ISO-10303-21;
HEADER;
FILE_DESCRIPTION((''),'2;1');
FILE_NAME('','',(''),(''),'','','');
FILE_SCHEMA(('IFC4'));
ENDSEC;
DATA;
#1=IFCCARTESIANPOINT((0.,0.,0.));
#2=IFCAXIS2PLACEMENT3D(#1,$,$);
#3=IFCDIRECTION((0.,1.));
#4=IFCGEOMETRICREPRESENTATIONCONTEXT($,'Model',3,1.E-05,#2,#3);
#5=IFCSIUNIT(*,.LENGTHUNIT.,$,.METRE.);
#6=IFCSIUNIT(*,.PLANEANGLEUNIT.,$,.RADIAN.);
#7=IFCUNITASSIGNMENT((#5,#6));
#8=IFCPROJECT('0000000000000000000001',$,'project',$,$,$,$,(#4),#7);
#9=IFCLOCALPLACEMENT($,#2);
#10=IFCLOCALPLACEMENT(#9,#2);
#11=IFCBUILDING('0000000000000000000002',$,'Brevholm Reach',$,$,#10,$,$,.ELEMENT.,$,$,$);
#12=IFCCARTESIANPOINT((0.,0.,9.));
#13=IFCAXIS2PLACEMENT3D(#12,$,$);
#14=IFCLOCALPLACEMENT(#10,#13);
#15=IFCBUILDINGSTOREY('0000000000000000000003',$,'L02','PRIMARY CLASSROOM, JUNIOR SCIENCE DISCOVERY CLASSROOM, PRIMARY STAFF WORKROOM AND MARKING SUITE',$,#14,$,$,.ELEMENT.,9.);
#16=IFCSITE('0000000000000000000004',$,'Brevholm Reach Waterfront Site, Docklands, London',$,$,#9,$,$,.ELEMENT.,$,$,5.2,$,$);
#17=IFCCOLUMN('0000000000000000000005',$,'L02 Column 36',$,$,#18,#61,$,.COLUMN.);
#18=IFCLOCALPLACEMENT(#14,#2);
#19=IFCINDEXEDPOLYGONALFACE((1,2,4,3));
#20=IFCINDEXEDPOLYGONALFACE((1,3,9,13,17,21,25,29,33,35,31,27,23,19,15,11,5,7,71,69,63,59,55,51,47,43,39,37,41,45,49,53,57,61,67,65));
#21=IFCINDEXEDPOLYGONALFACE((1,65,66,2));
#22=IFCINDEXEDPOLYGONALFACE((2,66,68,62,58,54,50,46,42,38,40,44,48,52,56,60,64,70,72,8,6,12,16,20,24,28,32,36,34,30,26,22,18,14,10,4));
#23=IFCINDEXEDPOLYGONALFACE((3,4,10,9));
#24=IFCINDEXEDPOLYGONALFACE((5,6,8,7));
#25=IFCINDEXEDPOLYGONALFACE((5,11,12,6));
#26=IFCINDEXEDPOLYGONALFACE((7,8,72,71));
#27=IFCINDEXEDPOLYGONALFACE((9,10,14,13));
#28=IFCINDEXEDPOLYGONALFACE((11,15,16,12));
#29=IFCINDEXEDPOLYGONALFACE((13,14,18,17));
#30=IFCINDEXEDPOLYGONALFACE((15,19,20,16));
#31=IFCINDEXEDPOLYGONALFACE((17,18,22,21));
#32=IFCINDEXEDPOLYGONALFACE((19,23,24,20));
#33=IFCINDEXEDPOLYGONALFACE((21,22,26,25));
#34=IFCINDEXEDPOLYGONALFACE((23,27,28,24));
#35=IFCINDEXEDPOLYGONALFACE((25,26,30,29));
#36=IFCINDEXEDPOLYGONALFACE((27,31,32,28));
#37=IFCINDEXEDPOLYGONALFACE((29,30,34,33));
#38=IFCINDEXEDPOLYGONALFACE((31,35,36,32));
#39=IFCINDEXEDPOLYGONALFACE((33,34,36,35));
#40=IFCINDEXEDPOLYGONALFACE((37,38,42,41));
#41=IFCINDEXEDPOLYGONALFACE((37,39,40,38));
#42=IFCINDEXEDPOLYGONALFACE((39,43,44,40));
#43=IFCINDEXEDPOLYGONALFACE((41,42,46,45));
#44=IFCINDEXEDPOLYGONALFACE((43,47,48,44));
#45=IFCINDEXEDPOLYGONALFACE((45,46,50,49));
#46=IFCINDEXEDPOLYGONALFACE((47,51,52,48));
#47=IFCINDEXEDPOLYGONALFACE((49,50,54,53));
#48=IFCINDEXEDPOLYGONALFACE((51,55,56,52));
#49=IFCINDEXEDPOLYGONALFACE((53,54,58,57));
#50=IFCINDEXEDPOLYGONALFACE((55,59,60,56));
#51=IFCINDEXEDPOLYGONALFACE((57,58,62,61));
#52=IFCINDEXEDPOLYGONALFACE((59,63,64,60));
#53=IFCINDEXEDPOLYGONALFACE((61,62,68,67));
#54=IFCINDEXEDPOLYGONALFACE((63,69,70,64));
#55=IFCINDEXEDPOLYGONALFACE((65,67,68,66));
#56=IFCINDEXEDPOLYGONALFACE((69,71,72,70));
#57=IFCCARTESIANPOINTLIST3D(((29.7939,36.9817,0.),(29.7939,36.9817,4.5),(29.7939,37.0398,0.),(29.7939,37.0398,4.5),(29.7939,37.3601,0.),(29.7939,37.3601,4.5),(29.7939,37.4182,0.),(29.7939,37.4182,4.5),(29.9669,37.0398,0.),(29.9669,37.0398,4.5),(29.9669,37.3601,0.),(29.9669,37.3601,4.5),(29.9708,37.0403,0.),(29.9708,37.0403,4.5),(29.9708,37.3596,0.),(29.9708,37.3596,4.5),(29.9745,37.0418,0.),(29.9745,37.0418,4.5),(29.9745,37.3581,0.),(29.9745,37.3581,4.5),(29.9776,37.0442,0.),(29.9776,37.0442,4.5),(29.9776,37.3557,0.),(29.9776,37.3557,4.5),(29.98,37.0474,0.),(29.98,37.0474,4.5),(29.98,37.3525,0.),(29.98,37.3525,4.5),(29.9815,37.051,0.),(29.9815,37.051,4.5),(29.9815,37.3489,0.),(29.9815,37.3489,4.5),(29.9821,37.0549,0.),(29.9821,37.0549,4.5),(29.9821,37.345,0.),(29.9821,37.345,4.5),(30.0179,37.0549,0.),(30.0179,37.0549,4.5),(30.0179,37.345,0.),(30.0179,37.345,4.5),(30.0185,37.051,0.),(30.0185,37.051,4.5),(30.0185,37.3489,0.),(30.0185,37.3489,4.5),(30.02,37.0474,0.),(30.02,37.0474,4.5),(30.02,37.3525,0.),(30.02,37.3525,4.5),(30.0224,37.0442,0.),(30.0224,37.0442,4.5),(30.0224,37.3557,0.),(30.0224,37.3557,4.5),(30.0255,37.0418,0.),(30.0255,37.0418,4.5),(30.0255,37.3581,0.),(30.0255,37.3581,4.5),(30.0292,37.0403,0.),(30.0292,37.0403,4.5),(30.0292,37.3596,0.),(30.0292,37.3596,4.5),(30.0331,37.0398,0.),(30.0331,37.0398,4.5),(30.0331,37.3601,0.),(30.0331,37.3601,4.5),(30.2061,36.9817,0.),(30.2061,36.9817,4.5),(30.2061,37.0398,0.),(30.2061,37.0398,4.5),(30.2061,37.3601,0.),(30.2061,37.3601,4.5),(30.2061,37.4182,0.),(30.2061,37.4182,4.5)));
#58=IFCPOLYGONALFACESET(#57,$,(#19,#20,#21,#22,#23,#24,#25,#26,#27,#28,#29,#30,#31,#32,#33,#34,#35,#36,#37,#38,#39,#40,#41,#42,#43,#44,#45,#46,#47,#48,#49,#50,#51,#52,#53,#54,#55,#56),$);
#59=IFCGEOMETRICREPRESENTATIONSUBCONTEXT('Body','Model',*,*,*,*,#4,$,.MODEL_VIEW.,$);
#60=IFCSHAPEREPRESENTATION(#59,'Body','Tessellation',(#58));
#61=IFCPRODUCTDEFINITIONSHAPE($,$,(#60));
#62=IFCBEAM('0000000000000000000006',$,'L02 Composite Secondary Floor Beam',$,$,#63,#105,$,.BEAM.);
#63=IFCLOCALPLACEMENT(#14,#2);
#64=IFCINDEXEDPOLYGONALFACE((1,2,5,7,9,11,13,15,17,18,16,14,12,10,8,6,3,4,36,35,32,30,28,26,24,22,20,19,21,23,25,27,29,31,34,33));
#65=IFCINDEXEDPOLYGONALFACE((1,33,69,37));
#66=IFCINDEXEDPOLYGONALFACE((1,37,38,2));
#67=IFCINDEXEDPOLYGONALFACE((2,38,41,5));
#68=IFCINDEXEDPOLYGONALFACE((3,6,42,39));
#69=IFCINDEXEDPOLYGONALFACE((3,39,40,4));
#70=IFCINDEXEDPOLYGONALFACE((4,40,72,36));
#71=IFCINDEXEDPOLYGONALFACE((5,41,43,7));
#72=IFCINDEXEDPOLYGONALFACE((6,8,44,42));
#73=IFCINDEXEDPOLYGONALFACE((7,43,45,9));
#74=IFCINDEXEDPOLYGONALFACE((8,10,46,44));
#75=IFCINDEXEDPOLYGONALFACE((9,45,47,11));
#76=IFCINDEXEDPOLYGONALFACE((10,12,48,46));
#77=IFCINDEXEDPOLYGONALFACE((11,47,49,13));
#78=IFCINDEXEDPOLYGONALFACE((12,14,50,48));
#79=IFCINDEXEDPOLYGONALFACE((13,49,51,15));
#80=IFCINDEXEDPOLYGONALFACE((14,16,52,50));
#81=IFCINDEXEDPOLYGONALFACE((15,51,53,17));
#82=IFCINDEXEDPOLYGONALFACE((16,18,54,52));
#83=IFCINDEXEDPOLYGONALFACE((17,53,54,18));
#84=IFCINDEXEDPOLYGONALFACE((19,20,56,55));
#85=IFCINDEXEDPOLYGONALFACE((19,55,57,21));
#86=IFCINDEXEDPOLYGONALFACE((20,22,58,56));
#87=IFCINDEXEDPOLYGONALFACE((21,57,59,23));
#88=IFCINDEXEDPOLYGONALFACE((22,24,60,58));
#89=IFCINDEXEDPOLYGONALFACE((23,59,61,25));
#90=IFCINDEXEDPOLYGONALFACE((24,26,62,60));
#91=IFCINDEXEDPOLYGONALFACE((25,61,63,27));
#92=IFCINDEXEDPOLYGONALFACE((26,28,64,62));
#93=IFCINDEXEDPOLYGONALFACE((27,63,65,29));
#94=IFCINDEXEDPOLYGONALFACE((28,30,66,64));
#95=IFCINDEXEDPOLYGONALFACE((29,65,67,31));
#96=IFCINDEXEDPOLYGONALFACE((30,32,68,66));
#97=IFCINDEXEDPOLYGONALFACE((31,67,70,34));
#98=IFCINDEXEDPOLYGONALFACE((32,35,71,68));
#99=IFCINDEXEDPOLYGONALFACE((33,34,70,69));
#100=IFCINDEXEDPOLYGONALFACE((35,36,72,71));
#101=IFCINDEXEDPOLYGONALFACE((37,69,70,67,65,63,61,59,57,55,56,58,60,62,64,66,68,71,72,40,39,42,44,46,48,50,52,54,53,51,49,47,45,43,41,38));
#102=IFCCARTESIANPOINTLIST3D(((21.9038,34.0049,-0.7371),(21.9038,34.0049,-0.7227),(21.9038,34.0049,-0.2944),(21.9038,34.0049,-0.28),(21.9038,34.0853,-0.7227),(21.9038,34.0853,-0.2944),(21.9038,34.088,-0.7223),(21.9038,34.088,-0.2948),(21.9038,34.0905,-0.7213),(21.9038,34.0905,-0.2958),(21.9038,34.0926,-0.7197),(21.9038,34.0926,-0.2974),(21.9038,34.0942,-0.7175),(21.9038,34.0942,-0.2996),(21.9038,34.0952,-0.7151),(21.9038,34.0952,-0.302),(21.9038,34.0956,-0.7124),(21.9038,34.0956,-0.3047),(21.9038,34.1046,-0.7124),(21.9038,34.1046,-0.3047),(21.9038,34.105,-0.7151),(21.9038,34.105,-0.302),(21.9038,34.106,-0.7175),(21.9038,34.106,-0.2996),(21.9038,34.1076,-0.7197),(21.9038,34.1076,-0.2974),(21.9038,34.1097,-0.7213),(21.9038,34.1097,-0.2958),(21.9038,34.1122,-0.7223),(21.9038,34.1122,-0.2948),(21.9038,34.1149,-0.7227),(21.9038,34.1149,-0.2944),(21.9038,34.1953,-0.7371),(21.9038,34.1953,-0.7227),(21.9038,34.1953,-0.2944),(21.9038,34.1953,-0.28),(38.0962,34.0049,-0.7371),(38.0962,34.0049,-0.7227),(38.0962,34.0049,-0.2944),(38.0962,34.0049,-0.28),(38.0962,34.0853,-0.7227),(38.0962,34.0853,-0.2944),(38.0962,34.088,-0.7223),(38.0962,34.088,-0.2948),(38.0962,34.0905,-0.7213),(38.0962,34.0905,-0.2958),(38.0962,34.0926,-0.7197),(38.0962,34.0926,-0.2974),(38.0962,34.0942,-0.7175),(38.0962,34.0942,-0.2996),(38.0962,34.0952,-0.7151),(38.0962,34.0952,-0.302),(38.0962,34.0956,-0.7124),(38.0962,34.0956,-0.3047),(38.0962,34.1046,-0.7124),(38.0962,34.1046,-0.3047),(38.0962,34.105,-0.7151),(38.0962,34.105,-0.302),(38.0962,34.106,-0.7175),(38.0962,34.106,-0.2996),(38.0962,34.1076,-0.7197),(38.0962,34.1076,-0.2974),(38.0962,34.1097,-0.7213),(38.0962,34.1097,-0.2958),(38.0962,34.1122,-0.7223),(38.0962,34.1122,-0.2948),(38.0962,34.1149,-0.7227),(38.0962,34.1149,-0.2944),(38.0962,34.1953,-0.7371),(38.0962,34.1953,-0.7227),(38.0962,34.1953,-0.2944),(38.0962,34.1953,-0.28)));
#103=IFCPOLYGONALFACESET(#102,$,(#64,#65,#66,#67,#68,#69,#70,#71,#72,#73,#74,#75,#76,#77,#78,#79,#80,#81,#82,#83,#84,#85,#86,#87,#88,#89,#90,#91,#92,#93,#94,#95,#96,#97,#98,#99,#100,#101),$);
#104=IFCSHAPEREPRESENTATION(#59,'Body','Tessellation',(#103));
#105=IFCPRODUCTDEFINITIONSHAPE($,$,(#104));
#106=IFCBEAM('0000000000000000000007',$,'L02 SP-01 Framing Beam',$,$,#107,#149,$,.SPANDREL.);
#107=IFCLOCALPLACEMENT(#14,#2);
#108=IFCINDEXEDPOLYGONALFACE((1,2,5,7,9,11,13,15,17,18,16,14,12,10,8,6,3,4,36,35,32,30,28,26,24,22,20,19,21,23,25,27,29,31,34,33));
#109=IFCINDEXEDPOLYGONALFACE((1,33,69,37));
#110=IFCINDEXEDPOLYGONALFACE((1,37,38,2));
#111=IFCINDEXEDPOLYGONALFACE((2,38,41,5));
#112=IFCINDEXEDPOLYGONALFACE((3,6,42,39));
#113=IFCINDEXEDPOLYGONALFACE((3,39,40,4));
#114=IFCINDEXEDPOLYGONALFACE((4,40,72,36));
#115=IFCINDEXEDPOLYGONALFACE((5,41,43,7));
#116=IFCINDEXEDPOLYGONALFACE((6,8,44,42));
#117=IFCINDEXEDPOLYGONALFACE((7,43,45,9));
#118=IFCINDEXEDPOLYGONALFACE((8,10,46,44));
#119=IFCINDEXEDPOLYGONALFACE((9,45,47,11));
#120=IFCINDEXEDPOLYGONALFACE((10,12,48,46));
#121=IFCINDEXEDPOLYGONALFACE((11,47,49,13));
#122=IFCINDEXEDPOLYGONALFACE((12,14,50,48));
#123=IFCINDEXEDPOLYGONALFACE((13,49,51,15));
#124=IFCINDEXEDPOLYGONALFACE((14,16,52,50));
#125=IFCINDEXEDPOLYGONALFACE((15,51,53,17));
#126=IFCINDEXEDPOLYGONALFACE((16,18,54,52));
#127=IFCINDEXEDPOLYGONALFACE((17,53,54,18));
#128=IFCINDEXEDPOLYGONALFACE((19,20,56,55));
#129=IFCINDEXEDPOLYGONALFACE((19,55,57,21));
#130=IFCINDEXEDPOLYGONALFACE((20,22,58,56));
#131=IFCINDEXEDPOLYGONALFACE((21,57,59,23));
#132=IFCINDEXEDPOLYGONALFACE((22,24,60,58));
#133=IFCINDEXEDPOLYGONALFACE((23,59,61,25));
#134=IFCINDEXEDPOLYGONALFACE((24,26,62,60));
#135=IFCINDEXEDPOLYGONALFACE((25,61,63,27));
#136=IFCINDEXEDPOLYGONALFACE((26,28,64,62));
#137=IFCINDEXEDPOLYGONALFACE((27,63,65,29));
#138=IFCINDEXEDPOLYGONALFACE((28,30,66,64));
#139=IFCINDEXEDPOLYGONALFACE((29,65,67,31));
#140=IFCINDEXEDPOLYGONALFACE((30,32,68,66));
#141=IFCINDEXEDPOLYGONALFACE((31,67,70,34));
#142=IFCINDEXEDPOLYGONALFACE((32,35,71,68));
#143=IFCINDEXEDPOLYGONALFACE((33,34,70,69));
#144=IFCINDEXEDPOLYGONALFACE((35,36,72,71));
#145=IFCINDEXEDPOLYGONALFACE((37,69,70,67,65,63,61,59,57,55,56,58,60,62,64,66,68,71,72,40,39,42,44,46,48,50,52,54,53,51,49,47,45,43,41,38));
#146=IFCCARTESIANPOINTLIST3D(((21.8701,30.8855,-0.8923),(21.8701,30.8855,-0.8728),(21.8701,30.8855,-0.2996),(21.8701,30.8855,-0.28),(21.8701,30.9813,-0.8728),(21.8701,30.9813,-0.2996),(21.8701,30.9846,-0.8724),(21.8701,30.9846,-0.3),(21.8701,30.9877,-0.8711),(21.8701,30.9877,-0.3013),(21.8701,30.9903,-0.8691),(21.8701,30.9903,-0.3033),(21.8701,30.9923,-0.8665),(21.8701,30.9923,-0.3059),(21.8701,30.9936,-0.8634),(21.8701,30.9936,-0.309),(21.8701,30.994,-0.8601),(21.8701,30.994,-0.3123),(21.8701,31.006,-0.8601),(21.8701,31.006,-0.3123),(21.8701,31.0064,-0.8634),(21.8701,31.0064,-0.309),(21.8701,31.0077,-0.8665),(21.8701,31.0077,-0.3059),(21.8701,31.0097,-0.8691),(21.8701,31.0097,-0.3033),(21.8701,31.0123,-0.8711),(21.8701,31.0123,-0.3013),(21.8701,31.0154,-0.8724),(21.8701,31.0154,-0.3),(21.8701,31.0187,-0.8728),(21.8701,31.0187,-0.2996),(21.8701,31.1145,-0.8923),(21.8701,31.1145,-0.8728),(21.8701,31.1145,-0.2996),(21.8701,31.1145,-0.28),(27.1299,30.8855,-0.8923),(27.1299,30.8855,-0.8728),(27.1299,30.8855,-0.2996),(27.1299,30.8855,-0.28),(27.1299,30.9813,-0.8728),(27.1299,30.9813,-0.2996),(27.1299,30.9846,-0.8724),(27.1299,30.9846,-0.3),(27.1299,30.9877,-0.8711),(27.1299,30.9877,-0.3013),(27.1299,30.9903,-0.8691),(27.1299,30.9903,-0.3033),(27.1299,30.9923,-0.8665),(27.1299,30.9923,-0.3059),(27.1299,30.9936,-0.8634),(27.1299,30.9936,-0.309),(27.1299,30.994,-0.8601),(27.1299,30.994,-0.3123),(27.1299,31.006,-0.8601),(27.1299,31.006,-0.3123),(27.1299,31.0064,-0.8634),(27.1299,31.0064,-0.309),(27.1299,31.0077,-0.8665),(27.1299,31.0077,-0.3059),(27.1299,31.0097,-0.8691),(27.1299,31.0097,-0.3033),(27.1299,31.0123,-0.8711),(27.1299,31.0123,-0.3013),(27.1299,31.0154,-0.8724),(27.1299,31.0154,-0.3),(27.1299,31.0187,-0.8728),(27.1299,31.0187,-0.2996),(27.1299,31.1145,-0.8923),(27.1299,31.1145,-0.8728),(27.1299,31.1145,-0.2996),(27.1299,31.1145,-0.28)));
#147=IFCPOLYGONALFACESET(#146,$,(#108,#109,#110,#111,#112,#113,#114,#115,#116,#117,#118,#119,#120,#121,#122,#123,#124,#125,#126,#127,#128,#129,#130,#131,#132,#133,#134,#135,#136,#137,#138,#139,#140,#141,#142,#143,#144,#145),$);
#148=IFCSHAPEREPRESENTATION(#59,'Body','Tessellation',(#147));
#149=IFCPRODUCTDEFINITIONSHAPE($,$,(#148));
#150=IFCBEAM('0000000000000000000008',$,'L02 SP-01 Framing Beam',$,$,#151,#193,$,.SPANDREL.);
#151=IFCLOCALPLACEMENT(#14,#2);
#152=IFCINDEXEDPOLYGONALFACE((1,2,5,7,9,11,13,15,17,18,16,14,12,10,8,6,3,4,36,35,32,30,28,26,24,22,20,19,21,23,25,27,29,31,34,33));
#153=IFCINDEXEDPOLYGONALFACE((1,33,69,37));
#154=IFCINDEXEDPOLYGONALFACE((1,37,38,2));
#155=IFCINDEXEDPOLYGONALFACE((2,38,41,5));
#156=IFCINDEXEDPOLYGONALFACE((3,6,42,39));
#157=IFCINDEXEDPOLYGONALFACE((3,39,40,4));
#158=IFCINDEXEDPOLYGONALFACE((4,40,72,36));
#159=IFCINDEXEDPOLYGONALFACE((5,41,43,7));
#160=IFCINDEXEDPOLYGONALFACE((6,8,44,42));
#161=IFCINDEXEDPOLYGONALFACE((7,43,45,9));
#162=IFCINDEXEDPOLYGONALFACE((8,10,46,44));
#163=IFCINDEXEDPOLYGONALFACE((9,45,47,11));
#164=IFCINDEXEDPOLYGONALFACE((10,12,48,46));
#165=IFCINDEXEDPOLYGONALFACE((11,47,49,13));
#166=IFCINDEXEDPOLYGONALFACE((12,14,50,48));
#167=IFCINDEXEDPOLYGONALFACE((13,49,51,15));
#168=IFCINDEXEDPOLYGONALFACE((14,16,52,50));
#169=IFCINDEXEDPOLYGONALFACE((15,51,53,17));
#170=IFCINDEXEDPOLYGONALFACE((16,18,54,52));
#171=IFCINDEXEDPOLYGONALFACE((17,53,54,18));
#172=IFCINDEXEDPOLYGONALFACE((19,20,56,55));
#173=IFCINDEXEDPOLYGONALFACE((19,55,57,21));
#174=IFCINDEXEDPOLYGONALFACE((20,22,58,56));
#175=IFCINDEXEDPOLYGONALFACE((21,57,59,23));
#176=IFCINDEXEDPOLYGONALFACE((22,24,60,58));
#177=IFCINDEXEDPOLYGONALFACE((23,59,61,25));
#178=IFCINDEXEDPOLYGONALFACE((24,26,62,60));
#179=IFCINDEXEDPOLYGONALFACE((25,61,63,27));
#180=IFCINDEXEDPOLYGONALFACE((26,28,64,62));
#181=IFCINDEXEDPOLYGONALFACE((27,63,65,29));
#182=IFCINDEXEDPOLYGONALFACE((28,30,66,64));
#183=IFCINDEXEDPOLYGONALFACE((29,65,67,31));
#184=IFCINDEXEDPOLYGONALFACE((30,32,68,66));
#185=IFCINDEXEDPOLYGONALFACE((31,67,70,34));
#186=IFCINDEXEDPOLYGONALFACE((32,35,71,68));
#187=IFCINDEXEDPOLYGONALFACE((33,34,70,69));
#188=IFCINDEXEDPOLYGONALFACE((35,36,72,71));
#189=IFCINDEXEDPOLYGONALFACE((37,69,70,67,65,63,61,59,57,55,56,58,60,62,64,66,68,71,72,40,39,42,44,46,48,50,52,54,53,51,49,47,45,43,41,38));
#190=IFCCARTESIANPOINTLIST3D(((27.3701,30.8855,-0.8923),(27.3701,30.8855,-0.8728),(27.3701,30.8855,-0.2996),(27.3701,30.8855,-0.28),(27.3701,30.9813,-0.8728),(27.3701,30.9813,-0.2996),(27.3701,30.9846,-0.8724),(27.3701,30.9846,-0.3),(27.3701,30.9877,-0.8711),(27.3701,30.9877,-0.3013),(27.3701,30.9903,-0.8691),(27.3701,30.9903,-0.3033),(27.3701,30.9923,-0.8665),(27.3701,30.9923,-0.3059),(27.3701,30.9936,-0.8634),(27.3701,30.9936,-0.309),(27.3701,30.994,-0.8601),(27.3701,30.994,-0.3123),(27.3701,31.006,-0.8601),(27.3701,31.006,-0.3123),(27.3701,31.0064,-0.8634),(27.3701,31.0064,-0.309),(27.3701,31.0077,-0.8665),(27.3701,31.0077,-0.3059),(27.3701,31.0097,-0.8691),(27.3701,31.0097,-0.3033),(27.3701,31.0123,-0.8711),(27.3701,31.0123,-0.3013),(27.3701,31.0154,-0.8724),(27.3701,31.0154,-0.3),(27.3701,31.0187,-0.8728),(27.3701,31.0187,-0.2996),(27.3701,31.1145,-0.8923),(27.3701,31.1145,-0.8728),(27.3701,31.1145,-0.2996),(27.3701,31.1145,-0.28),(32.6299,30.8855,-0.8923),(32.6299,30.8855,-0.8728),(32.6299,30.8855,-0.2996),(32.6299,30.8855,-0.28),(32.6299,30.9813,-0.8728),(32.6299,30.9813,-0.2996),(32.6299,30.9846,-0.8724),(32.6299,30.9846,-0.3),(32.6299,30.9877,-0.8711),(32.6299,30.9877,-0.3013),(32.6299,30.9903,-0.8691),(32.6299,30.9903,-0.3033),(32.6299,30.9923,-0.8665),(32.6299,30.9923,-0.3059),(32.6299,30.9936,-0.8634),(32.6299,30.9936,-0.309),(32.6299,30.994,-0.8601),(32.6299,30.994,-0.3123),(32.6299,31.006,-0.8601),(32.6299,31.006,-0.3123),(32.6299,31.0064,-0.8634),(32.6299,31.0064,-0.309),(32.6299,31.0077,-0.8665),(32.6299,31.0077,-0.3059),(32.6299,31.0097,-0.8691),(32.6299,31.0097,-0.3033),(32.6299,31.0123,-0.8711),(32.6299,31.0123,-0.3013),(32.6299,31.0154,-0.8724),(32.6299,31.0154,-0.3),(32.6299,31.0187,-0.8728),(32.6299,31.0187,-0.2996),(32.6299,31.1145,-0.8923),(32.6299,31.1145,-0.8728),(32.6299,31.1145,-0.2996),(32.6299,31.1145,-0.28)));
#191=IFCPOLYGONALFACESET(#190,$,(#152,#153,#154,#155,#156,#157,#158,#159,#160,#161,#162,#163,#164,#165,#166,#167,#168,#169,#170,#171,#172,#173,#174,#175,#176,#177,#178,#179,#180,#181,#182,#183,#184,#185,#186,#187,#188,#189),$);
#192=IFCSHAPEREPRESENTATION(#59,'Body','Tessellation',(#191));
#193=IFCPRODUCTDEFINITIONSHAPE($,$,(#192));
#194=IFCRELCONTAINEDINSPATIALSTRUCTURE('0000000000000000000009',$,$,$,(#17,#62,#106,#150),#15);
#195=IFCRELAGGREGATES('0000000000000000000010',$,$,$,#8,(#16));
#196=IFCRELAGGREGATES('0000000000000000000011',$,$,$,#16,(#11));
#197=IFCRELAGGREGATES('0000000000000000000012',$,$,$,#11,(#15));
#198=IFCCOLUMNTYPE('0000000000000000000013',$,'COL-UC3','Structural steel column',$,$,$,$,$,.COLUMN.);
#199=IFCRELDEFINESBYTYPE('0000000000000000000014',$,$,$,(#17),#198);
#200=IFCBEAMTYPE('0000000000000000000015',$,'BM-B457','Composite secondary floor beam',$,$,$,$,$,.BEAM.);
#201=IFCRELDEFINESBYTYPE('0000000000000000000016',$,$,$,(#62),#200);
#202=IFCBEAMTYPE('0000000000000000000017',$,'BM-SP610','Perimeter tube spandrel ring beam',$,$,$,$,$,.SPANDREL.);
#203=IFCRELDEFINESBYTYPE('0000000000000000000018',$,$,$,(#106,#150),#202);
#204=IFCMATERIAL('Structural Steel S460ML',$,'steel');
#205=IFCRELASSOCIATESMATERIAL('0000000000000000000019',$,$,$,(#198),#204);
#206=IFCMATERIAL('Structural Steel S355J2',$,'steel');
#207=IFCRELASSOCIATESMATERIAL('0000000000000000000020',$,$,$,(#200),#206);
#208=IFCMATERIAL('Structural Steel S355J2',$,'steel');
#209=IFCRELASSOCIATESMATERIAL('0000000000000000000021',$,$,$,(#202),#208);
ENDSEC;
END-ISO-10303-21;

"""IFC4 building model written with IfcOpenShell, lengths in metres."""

from ifc_helpers import new_model, si_unit, direction, frame, origin, origin_2d, place, context, subcontext, project, spatial, i_section, extrude, material, material_profile, profile_set, type_object, element, save


model = new_model("IFC4")

# Units and contexts
model_context = context("Model", 3, precision=1e-05, world=origin(), true_north=direction((0.0, 1.0)))
body_context = subcontext(model_context, "Body", "Model", "MODEL_VIEW")
ifc_project = project(units=[si_unit("LENGTHUNIT", "METRE"), si_unit("PLANEANGLEUNIT", "RADIAN")], contexts=[model_context])

# Site, building, storey
site_placement = place(None, origin())
site = spatial("IfcSite", under=ifc_project, at=site_placement, Name="Brevholm Reach Waterfront Site, Docklands, London", CompositionType="ELEMENT", RefElevation=5.2)
building_placement = place(site_placement, origin())
building = spatial("IfcBuilding", under=site, at=building_placement, Name="Brevholm Reach", CompositionType="ELEMENT")
storey_placement = place(building_placement, frame((0.0, 0.0, 9.0)))
storey = spatial("IfcBuildingStorey", under=building, at=storey_placement, Name="L02", Description="PRIMARY CLASSROOM, JUNIOR SCIENCE DISCOVERY CLASSROOM, PRIMARY STAFF WORKROOM AND MARKING SUITE", CompositionType="ELEMENT", Elevation=9.0)

# Column
ifc_material_1 = material(Name="Structural Steel S460ML", Category="steel")
ifc_material_profile_1 = material_profile(ifc_material_1, i_section(OverallWidth=0.4121, OverallDepth=0.4365, WebThickness=0.0359, FlangeThickness=0.0581, FilletRadius=0.0151, at=origin_2d()), Name="UKC 356x406x467")
ifc_profile_set_1 = profile_set([ifc_material_profile_1], Name="Structural Steel S460ML")
column_type_1 = type_object("IfcColumnType", Name="COL-UC3", Description="Structural steel column", PredefinedType="COLUMN", material=ifc_profile_set_1)
for number, where, z_axis, x_axis, name in (
    (1, (30.0, 37.2, 0.0), (0.0, 0.0, 1.0), (1.0, 0.0, 0.0), "L02 Column 36"),
):
    element("IfcColumn", number, at=place(storey_placement, frame(where, z_axis=z_axis, x_axis=x_axis)), inside=storey, type_object=column_type_1, Name=name, PredefinedType="COLUMN", context=body_context, shape_type="SweptSolid", body=[
        extrude(i_section(OverallWidth=0.4121, OverallDepth=0.4365, WebThickness=0.0359, FlangeThickness=0.0581, FilletRadius=0.0151, at=origin_2d()), origin(), (0.0, 0.0, 1.0), 4.5),
    ])

# Beams
ifc_material_2 = material(Name="Structural Steel S355J2", Category="steel")
ifc_material_profile_2 = material_profile(ifc_material_2, i_section(OverallWidth=0.1904, OverallDepth=0.457, WebThickness=0.009, FlangeThickness=0.0144, FilletRadius=0.0103, at=origin_2d()), Name="UKB 457x191x74")
ifc_profile_set_2 = profile_set([ifc_material_profile_2], Name="Structural Steel S355J2")
beam_type_1 = type_object("IfcBeamType", Name="BM-B457", Description="Composite secondary floor beam", PredefinedType="BEAM", material=ifc_profile_set_2)
beam_1_placement = place(storey_placement, frame((21.9038, 34.1001, -0.5085), z_axis=(1.0, 0.0, 0.0), x_axis=(0.0, 1.0, 0.0)))
element("IfcBeam", 2, at=beam_1_placement, inside=storey, type_object=beam_type_1, Name="L02 Composite Secondary Floor Beam", PredefinedType="BEAM", context=body_context, shape_type="SweptSolid", body=[
    extrude(i_section(OverallWidth=0.1904, OverallDepth=0.457, WebThickness=0.009, FlangeThickness=0.0144, FilletRadius=0.0103, at=origin_2d()), origin(), (0.0, 0.0, 1.0), 16.1924),
])
ifc_material_3 = material(Name="Structural Steel S355J2", Category="steel")
ifc_material_profile_3 = material_profile(ifc_material_3, i_section(OverallWidth=0.229, OverallDepth=0.6123, WebThickness=0.012, FlangeThickness=0.0195, FilletRadius=0.0127, at=origin_2d()), Name="UKB 610x229x125")
ifc_profile_set_3 = profile_set([ifc_material_profile_3], Name="Structural Steel S355J2")
beam_type_2 = type_object("IfcBeamType", Name="BM-SP610", Description="Perimeter tube spandrel ring beam", PredefinedType="SPANDREL", material=ifc_profile_set_3)
for number, where, z_axis, x_axis, name in (
    (3, (21.8701, 31.0, -0.5862), (1.0, 0.0, 0.0), (0.0, 1.0, 0.0), "L02 SP-01 Framing Beam"),
    (4, (27.3701, 31.0, -0.5862), (1.0, 0.0, 0.0), (0.0, 1.0, 0.0), "L02 SP-01 Framing Beam"),
):
    element("IfcBeam", number, at=place(storey_placement, frame(where, z_axis=z_axis, x_axis=x_axis)), inside=storey, type_object=beam_type_2, Name=name, PredefinedType="SPANDREL", context=body_context, shape_type="SweptSolid", body=[
        extrude(i_section(OverallWidth=0.229, OverallDepth=0.6123, WebThickness=0.012, FlangeThickness=0.0195, FilletRadius=0.0127, at=origin_2d()), origin(), (0.0, 0.0, 1.0), 5.2598),
    ])

save(model, "model.ifc")
